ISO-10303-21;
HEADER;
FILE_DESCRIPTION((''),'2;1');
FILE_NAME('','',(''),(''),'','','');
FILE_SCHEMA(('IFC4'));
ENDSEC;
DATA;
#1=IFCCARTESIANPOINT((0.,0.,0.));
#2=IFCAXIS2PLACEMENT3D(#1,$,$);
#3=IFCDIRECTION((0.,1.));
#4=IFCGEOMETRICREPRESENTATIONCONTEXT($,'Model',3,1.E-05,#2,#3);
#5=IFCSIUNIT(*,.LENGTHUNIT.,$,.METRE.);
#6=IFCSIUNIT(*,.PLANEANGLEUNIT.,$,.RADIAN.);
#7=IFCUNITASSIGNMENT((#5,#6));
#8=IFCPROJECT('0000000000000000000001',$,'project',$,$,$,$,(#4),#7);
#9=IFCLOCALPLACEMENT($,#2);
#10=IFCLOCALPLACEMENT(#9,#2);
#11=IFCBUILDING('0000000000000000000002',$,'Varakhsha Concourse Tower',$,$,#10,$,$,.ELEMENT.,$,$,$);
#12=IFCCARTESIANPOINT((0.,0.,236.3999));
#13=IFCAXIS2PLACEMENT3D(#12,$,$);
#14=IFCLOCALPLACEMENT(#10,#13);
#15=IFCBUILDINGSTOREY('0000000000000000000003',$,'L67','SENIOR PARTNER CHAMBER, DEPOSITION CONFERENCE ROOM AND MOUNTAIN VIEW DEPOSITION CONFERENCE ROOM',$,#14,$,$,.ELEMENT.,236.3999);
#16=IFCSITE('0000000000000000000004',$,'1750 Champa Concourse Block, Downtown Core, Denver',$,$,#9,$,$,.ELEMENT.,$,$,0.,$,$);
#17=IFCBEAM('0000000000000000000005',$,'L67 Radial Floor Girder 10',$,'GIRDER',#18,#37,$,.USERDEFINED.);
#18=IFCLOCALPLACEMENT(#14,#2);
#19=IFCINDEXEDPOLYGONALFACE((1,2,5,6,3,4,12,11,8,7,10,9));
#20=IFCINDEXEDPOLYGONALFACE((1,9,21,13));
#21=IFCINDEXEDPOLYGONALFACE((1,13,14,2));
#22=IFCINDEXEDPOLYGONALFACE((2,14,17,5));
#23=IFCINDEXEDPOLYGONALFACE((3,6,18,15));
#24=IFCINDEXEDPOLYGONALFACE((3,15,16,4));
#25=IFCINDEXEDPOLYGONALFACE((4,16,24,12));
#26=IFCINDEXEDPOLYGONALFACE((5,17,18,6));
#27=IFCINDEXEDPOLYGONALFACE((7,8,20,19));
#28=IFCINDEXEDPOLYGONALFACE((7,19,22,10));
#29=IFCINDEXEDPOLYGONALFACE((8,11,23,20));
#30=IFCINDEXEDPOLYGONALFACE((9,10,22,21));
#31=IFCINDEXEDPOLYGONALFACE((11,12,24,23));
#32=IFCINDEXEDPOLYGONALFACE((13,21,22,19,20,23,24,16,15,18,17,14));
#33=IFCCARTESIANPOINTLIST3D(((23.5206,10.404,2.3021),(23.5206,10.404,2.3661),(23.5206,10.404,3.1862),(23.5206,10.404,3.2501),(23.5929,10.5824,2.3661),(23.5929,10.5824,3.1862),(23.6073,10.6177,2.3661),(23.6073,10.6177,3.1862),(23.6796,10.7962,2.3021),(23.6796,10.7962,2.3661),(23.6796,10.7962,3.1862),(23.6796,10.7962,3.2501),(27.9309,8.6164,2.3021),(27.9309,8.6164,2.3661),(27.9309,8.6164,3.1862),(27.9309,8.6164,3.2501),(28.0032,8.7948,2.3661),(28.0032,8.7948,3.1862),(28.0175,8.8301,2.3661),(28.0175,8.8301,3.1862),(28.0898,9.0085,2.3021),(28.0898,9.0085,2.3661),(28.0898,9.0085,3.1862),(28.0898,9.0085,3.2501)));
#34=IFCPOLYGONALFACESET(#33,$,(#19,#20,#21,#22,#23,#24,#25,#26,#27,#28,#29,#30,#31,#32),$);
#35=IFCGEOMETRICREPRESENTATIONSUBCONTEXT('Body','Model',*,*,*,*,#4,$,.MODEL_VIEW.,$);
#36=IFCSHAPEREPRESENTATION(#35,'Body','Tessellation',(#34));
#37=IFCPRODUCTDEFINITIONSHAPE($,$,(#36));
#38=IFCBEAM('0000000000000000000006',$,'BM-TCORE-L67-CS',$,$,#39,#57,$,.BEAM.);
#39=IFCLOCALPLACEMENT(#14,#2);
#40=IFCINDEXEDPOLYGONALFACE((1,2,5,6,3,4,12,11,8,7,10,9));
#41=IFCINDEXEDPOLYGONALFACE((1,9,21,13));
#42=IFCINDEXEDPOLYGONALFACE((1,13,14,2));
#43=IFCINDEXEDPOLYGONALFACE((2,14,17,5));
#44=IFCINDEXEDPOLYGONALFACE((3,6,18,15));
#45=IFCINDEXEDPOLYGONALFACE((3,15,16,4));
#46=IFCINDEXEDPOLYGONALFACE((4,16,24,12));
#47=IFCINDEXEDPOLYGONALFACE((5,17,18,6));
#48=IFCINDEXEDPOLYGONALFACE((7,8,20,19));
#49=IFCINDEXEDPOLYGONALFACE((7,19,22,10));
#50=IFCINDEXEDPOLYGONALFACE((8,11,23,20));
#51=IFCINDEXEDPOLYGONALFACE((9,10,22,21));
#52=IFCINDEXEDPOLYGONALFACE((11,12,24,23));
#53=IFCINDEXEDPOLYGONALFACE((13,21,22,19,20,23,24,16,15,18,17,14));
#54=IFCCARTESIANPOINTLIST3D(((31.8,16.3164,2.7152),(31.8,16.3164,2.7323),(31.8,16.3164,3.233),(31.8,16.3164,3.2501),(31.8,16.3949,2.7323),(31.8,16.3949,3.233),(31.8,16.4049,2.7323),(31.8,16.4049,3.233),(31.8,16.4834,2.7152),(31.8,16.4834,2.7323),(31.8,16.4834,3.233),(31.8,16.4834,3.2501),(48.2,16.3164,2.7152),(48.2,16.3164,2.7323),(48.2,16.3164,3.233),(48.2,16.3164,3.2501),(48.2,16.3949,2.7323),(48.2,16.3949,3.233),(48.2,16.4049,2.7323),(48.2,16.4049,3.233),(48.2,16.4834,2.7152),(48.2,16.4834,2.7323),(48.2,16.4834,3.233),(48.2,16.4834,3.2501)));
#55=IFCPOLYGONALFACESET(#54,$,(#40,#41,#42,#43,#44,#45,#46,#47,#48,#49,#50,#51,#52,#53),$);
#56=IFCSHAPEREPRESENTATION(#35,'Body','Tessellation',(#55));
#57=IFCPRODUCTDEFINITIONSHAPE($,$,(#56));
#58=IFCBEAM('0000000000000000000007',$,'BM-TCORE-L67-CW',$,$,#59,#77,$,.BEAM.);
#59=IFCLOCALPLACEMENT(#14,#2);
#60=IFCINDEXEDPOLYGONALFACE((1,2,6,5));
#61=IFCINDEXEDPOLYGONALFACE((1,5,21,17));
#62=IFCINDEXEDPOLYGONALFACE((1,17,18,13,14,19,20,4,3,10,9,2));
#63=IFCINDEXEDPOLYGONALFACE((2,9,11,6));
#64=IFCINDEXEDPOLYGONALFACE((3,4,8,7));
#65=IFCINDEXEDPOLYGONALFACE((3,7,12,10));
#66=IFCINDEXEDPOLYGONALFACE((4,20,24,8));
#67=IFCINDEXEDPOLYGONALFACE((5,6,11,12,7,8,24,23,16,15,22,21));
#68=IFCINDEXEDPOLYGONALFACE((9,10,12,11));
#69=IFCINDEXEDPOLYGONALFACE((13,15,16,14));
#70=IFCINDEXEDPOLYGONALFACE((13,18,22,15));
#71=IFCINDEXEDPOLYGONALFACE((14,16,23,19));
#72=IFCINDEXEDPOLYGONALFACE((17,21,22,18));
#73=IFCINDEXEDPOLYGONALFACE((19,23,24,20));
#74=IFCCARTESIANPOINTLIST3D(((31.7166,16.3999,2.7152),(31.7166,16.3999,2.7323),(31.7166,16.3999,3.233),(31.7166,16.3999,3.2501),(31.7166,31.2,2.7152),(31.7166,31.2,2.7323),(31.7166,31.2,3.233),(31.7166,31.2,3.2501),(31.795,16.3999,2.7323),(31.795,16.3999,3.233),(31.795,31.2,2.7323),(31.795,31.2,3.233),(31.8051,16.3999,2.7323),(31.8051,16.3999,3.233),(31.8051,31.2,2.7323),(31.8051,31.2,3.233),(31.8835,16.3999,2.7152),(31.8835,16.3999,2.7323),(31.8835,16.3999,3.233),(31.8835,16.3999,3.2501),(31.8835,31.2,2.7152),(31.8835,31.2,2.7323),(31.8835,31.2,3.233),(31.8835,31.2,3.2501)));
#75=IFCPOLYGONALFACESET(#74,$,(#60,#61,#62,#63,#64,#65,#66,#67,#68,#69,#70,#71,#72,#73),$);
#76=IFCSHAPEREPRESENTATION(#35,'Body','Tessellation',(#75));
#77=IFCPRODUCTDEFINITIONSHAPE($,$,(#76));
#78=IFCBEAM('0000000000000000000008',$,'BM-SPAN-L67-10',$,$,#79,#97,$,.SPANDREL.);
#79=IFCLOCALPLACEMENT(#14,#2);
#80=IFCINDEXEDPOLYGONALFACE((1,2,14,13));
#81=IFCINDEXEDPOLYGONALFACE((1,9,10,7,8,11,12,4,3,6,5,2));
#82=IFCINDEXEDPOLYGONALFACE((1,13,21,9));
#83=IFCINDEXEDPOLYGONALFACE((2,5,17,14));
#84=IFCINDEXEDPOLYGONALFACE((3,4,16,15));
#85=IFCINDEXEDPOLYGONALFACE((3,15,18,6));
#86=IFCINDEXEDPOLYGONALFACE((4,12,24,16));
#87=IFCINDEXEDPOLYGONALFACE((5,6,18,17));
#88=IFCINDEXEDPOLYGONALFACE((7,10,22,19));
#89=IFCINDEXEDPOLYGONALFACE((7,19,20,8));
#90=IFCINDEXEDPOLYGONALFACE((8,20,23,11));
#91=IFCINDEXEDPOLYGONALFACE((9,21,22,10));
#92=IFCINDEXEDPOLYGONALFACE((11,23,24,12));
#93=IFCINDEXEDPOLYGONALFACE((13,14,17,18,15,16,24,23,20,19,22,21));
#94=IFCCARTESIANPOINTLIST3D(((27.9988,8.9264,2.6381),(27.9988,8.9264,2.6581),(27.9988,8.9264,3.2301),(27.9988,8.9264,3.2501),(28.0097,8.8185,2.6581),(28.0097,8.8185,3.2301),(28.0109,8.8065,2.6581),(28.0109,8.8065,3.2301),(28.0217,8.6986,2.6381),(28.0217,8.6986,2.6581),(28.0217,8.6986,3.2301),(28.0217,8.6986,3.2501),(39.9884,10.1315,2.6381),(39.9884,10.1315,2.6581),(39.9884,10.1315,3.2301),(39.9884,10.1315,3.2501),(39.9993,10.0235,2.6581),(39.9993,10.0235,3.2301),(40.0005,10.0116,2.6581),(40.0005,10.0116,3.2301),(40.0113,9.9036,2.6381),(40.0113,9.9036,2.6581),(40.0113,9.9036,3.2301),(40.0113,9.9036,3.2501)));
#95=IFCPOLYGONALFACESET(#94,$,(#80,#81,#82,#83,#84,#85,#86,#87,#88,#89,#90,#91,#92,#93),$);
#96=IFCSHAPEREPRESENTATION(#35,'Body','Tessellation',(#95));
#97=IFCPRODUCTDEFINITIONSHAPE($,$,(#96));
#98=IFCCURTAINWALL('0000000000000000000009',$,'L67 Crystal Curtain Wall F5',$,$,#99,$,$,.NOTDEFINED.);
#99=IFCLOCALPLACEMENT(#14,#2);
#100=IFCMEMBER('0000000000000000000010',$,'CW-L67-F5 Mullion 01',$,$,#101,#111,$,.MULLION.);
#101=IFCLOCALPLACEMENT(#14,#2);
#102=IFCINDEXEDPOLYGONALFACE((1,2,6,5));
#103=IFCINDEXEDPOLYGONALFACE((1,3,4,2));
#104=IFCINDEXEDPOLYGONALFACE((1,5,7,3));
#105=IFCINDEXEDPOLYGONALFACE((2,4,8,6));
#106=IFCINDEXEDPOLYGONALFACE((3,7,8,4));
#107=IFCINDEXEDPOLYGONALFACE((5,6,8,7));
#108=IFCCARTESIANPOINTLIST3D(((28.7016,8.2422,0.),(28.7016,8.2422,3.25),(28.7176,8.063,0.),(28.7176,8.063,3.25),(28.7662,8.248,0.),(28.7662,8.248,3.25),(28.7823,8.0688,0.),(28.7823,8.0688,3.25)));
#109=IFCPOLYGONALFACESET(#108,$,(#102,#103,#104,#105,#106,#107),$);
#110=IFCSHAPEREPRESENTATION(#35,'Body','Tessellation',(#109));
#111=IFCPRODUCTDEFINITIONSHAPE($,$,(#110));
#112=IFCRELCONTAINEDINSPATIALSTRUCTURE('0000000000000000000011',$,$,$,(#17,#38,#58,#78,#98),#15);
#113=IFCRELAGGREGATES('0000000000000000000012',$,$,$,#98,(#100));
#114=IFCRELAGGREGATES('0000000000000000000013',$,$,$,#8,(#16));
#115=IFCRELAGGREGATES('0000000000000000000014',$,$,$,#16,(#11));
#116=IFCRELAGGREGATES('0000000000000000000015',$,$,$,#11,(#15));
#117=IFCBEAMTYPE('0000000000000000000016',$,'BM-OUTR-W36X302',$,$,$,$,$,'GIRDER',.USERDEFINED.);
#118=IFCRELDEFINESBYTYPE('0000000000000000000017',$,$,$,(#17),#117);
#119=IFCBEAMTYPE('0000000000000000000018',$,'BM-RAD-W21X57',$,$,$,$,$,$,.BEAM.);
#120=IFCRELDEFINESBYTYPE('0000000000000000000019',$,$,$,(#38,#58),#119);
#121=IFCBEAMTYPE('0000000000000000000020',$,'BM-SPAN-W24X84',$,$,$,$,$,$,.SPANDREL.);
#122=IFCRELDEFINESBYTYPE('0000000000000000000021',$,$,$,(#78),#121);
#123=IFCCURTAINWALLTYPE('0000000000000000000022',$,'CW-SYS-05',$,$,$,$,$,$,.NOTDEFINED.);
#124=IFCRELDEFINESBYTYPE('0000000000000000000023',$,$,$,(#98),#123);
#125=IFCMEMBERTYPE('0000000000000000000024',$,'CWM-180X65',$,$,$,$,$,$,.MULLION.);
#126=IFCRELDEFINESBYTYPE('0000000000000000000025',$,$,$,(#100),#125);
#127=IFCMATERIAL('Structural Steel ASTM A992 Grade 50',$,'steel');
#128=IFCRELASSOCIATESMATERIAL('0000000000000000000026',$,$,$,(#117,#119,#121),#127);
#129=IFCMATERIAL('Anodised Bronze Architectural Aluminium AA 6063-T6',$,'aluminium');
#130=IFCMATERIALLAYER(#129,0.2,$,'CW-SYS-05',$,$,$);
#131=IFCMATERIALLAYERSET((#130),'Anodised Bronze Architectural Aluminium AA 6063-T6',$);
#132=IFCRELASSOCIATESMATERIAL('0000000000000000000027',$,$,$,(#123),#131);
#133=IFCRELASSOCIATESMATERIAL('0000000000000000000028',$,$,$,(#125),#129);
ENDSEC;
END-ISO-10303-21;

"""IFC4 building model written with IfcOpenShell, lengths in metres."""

from ifc_helpers import new_model, si_unit, direction, frame, origin, origin_2d, place, context, subcontext, project, spatial, rectangle, i_section, extrude, source, transform, mapped, material, layer, layer_set, material_profile, profile_set, type_object, type_shapes, element, aggregate, save


model = new_model("IFC4")

# Units and contexts
model_context = context("Model", 3, precision=1e-05, world=origin(), true_north=direction((0.0, 1.0)))
body_context = subcontext(model_context, "Body", "Model", "MODEL_VIEW")
ifc_project = project(units=[si_unit("LENGTHUNIT", "METRE"), si_unit("PLANEANGLEUNIT", "RADIAN")], contexts=[model_context])

# Site, building, storey
site_placement = place(None, origin())
site = spatial("IfcSite", under=ifc_project, at=site_placement, Name="1750 Champa Concourse Block, Downtown Core, Denver", CompositionType="ELEMENT", RefElevation=0.0)
building_placement = place(site_placement, origin())
building = spatial("IfcBuilding", under=site, at=building_placement, Name="Varakhsha Concourse Tower", CompositionType="ELEMENT")
storey_placement = place(building_placement, frame((0.0, 0.0, 236.3999)))
storey = spatial("IfcBuildingStorey", under=building, at=storey_placement, Name="L67", Description="SENIOR PARTNER CHAMBER, DEPOSITION CONFERENCE ROOM AND MOUNTAIN VIEW DEPOSITION CONFERENCE ROOM", CompositionType="ELEMENT", Elevation=236.3999)

# Shared definitions
ifc_material_1 = material(Name="Structural Steel ASTM A992 Grade 50", Category="steel")

# Beams
ifc_material_profile_1 = material_profile(ifc_material_1, i_section(OverallWidth=0.4231, OverallDepth=0.948, WebThickness=0.0381, FlangeThickness=0.064, at=origin_2d()), Name="W36X302")
ifc_profile_set_1 = profile_set([ifc_material_profile_1], Name="Structural Steel ASTM A992 Grade 50")
beam_type_1 = type_object("IfcBeamType", Name="BM-OUTR-W36X302", ElementType="GIRDER", PredefinedType="USERDEFINED", material=ifc_profile_set_1)
beam_1_placement = place(storey_placement, frame((23.6001, 10.6001, 2.7761), z_axis=(0.926761, -0.37565, 0.0), x_axis=(0.37565, 0.926761, 0.0)))
element("IfcBeam", 1, at=beam_1_placement, inside=storey, type_object=beam_type_1, Name="L67 Radial Floor Girder 10", ObjectType="GIRDER", PredefinedType="USERDEFINED", context=body_context, shape_type="SweptSolid", body=[
    extrude(i_section(OverallWidth=0.4231, OverallDepth=0.948, WebThickness=0.0381, FlangeThickness=0.064, at=origin_2d()), origin(), (0.0, 0.0, 1.0), 4.7588),
])
ifc_material_profile_2 = material_profile(ifc_material_1, i_section(OverallWidth=0.167, OverallDepth=0.5349, WebThickness=0.01, FlangeThickness=0.0171, at=origin_2d()), Name="W21X57")
ifc_profile_set_2 = profile_set([ifc_material_profile_2], Name="Structural Steel ASTM A992 Grade 50")
beam_type_2 = type_object("IfcBeamType", Name="BM-RAD-W21X57", PredefinedType="BEAM", material=ifc_profile_set_2)
beam_2_placement = place(storey_placement, frame((31.8, 16.3999, 2.9827), z_axis=(1.0, 0.0, 0.0), x_axis=(0.0, 1.0, 0.0)))
element("IfcBeam", 2, at=beam_2_placement, inside=storey, type_object=beam_type_2, Name="BM-TCORE-L67-CS", PredefinedType="BEAM", context=body_context, shape_type="SweptSolid", body=[
    extrude(i_section(OverallWidth=0.167, OverallDepth=0.5349, WebThickness=0.01, FlangeThickness=0.0171, at=origin_2d()), origin(), (0.0, 0.0, 1.0), 16.3999),
])
beam_3_placement = place(storey_placement, frame((31.8, 16.3999, 2.9827), z_axis=(0.0, 1.0, 0.0), x_axis=(-1.0, 0.0, 0.0)))
element("IfcBeam", 3, at=beam_3_placement, inside=storey, type_object=beam_type_2, Name="BM-TCORE-L67-CW", PredefinedType="BEAM", context=body_context, shape_type="SweptSolid", body=[
    extrude(i_section(OverallWidth=0.167, OverallDepth=0.5349, WebThickness=0.01, FlangeThickness=0.0171, at=origin_2d()), origin(), (0.0, 0.0, 1.0), 14.8),
])
ifc_material_profile_3 = material_profile(ifc_material_1, i_section(OverallWidth=0.229, OverallDepth=0.6121, WebThickness=0.012, FlangeThickness=0.02, at=origin_2d()), Name="W24X84")
ifc_profile_set_3 = profile_set([ifc_material_profile_3], Name="Structural Steel ASTM A992 Grade 50")
beam_type_3 = type_object("IfcBeamType", Name="BM-SPAN-W24X84", PredefinedType="SPANDREL", material=ifc_profile_set_3)
beam_4_placement = place(storey_placement, frame((28.0103, 8.8125, 2.9441), z_axis=(0.994987, 0.100005, 0.0), x_axis=(-0.100005, 0.994987, 0.0)))
element("IfcBeam", 4, at=beam_4_placement, inside=storey, type_object=beam_type_3, Name="BM-SPAN-L67-10", PredefinedType="SPANDREL", context=body_context, shape_type="SweptSolid", body=[
    extrude(i_section(OverallWidth=0.229, OverallDepth=0.6121, WebThickness=0.012, FlangeThickness=0.02, at=origin_2d()), origin(), (0.0, 0.0, 1.0), 12.05),
])

# Curtain wall, member
ifc_material_2 = material(Name="Anodised Bronze Architectural Aluminium AA 6063-T6", Category="aluminium")
ifc_layer_1 = layer(ifc_material_2, 0.2, Name="CW-SYS-05")
ifc_layer_set_1 = layer_set([ifc_layer_1], Name="Anodised Bronze Architectural Aluminium AA 6063-T6")
curtain_wall_type = type_object("IfcCurtainWallType", Name="CW-SYS-05", PredefinedType="NOTDEFINED", material=ifc_layer_set_1)
curtain_wall_placement = place(storey_placement, origin())
curtain_wall = element("IfcCurtainWall", 5, at=curtain_wall_placement, inside=storey, type_object=curtain_wall_type, Name="L67 Crystal Curtain Wall F5", PredefinedType="NOTDEFINED")
ifc_material_profile_4 = material_profile(ifc_material_2, rectangle(XDim=0.0649, YDim=0.1799, at=origin_2d()), Name="CWM-180X65")
ifc_profile_set_4 = profile_set([ifc_material_profile_4], Name="Anodised Bronze Architectural Aluminium AA 6063-T6")
member_type = type_object("IfcMemberType", Name="CWM-180X65", PredefinedType="MULLION", material=ifc_profile_set_4)
shared_shape = source(origin(), body_context, "Body", "SweptSolid", [
    extrude(rectangle(XDim=0.0649, YDim=0.1799, at=origin_2d()), origin(), (0.0, 0.0, 1.0), 3.25),
])
type_shapes(member_type, [shared_shape])
member_placement = place(storey_placement, frame((28.7419, 8.1555, 0.0), z_axis=(0.0, 0.0, 1.0), x_axis=(-0.995993, -0.089433, 0.0)))
member = element("IfcMember", 6, at=member_placement, type_object=member_type, Name="CW-L67-F5 Mullion 01", PredefinedType="MULLION", context=body_context, shape_type="MappedRepresentation", body=[
    mapped(shared_shape, transform((0.0, 0.0, 0.0), scale=1.0)),
])
aggregate(curtain_wall, [member])

save(model, "model.ifc")
